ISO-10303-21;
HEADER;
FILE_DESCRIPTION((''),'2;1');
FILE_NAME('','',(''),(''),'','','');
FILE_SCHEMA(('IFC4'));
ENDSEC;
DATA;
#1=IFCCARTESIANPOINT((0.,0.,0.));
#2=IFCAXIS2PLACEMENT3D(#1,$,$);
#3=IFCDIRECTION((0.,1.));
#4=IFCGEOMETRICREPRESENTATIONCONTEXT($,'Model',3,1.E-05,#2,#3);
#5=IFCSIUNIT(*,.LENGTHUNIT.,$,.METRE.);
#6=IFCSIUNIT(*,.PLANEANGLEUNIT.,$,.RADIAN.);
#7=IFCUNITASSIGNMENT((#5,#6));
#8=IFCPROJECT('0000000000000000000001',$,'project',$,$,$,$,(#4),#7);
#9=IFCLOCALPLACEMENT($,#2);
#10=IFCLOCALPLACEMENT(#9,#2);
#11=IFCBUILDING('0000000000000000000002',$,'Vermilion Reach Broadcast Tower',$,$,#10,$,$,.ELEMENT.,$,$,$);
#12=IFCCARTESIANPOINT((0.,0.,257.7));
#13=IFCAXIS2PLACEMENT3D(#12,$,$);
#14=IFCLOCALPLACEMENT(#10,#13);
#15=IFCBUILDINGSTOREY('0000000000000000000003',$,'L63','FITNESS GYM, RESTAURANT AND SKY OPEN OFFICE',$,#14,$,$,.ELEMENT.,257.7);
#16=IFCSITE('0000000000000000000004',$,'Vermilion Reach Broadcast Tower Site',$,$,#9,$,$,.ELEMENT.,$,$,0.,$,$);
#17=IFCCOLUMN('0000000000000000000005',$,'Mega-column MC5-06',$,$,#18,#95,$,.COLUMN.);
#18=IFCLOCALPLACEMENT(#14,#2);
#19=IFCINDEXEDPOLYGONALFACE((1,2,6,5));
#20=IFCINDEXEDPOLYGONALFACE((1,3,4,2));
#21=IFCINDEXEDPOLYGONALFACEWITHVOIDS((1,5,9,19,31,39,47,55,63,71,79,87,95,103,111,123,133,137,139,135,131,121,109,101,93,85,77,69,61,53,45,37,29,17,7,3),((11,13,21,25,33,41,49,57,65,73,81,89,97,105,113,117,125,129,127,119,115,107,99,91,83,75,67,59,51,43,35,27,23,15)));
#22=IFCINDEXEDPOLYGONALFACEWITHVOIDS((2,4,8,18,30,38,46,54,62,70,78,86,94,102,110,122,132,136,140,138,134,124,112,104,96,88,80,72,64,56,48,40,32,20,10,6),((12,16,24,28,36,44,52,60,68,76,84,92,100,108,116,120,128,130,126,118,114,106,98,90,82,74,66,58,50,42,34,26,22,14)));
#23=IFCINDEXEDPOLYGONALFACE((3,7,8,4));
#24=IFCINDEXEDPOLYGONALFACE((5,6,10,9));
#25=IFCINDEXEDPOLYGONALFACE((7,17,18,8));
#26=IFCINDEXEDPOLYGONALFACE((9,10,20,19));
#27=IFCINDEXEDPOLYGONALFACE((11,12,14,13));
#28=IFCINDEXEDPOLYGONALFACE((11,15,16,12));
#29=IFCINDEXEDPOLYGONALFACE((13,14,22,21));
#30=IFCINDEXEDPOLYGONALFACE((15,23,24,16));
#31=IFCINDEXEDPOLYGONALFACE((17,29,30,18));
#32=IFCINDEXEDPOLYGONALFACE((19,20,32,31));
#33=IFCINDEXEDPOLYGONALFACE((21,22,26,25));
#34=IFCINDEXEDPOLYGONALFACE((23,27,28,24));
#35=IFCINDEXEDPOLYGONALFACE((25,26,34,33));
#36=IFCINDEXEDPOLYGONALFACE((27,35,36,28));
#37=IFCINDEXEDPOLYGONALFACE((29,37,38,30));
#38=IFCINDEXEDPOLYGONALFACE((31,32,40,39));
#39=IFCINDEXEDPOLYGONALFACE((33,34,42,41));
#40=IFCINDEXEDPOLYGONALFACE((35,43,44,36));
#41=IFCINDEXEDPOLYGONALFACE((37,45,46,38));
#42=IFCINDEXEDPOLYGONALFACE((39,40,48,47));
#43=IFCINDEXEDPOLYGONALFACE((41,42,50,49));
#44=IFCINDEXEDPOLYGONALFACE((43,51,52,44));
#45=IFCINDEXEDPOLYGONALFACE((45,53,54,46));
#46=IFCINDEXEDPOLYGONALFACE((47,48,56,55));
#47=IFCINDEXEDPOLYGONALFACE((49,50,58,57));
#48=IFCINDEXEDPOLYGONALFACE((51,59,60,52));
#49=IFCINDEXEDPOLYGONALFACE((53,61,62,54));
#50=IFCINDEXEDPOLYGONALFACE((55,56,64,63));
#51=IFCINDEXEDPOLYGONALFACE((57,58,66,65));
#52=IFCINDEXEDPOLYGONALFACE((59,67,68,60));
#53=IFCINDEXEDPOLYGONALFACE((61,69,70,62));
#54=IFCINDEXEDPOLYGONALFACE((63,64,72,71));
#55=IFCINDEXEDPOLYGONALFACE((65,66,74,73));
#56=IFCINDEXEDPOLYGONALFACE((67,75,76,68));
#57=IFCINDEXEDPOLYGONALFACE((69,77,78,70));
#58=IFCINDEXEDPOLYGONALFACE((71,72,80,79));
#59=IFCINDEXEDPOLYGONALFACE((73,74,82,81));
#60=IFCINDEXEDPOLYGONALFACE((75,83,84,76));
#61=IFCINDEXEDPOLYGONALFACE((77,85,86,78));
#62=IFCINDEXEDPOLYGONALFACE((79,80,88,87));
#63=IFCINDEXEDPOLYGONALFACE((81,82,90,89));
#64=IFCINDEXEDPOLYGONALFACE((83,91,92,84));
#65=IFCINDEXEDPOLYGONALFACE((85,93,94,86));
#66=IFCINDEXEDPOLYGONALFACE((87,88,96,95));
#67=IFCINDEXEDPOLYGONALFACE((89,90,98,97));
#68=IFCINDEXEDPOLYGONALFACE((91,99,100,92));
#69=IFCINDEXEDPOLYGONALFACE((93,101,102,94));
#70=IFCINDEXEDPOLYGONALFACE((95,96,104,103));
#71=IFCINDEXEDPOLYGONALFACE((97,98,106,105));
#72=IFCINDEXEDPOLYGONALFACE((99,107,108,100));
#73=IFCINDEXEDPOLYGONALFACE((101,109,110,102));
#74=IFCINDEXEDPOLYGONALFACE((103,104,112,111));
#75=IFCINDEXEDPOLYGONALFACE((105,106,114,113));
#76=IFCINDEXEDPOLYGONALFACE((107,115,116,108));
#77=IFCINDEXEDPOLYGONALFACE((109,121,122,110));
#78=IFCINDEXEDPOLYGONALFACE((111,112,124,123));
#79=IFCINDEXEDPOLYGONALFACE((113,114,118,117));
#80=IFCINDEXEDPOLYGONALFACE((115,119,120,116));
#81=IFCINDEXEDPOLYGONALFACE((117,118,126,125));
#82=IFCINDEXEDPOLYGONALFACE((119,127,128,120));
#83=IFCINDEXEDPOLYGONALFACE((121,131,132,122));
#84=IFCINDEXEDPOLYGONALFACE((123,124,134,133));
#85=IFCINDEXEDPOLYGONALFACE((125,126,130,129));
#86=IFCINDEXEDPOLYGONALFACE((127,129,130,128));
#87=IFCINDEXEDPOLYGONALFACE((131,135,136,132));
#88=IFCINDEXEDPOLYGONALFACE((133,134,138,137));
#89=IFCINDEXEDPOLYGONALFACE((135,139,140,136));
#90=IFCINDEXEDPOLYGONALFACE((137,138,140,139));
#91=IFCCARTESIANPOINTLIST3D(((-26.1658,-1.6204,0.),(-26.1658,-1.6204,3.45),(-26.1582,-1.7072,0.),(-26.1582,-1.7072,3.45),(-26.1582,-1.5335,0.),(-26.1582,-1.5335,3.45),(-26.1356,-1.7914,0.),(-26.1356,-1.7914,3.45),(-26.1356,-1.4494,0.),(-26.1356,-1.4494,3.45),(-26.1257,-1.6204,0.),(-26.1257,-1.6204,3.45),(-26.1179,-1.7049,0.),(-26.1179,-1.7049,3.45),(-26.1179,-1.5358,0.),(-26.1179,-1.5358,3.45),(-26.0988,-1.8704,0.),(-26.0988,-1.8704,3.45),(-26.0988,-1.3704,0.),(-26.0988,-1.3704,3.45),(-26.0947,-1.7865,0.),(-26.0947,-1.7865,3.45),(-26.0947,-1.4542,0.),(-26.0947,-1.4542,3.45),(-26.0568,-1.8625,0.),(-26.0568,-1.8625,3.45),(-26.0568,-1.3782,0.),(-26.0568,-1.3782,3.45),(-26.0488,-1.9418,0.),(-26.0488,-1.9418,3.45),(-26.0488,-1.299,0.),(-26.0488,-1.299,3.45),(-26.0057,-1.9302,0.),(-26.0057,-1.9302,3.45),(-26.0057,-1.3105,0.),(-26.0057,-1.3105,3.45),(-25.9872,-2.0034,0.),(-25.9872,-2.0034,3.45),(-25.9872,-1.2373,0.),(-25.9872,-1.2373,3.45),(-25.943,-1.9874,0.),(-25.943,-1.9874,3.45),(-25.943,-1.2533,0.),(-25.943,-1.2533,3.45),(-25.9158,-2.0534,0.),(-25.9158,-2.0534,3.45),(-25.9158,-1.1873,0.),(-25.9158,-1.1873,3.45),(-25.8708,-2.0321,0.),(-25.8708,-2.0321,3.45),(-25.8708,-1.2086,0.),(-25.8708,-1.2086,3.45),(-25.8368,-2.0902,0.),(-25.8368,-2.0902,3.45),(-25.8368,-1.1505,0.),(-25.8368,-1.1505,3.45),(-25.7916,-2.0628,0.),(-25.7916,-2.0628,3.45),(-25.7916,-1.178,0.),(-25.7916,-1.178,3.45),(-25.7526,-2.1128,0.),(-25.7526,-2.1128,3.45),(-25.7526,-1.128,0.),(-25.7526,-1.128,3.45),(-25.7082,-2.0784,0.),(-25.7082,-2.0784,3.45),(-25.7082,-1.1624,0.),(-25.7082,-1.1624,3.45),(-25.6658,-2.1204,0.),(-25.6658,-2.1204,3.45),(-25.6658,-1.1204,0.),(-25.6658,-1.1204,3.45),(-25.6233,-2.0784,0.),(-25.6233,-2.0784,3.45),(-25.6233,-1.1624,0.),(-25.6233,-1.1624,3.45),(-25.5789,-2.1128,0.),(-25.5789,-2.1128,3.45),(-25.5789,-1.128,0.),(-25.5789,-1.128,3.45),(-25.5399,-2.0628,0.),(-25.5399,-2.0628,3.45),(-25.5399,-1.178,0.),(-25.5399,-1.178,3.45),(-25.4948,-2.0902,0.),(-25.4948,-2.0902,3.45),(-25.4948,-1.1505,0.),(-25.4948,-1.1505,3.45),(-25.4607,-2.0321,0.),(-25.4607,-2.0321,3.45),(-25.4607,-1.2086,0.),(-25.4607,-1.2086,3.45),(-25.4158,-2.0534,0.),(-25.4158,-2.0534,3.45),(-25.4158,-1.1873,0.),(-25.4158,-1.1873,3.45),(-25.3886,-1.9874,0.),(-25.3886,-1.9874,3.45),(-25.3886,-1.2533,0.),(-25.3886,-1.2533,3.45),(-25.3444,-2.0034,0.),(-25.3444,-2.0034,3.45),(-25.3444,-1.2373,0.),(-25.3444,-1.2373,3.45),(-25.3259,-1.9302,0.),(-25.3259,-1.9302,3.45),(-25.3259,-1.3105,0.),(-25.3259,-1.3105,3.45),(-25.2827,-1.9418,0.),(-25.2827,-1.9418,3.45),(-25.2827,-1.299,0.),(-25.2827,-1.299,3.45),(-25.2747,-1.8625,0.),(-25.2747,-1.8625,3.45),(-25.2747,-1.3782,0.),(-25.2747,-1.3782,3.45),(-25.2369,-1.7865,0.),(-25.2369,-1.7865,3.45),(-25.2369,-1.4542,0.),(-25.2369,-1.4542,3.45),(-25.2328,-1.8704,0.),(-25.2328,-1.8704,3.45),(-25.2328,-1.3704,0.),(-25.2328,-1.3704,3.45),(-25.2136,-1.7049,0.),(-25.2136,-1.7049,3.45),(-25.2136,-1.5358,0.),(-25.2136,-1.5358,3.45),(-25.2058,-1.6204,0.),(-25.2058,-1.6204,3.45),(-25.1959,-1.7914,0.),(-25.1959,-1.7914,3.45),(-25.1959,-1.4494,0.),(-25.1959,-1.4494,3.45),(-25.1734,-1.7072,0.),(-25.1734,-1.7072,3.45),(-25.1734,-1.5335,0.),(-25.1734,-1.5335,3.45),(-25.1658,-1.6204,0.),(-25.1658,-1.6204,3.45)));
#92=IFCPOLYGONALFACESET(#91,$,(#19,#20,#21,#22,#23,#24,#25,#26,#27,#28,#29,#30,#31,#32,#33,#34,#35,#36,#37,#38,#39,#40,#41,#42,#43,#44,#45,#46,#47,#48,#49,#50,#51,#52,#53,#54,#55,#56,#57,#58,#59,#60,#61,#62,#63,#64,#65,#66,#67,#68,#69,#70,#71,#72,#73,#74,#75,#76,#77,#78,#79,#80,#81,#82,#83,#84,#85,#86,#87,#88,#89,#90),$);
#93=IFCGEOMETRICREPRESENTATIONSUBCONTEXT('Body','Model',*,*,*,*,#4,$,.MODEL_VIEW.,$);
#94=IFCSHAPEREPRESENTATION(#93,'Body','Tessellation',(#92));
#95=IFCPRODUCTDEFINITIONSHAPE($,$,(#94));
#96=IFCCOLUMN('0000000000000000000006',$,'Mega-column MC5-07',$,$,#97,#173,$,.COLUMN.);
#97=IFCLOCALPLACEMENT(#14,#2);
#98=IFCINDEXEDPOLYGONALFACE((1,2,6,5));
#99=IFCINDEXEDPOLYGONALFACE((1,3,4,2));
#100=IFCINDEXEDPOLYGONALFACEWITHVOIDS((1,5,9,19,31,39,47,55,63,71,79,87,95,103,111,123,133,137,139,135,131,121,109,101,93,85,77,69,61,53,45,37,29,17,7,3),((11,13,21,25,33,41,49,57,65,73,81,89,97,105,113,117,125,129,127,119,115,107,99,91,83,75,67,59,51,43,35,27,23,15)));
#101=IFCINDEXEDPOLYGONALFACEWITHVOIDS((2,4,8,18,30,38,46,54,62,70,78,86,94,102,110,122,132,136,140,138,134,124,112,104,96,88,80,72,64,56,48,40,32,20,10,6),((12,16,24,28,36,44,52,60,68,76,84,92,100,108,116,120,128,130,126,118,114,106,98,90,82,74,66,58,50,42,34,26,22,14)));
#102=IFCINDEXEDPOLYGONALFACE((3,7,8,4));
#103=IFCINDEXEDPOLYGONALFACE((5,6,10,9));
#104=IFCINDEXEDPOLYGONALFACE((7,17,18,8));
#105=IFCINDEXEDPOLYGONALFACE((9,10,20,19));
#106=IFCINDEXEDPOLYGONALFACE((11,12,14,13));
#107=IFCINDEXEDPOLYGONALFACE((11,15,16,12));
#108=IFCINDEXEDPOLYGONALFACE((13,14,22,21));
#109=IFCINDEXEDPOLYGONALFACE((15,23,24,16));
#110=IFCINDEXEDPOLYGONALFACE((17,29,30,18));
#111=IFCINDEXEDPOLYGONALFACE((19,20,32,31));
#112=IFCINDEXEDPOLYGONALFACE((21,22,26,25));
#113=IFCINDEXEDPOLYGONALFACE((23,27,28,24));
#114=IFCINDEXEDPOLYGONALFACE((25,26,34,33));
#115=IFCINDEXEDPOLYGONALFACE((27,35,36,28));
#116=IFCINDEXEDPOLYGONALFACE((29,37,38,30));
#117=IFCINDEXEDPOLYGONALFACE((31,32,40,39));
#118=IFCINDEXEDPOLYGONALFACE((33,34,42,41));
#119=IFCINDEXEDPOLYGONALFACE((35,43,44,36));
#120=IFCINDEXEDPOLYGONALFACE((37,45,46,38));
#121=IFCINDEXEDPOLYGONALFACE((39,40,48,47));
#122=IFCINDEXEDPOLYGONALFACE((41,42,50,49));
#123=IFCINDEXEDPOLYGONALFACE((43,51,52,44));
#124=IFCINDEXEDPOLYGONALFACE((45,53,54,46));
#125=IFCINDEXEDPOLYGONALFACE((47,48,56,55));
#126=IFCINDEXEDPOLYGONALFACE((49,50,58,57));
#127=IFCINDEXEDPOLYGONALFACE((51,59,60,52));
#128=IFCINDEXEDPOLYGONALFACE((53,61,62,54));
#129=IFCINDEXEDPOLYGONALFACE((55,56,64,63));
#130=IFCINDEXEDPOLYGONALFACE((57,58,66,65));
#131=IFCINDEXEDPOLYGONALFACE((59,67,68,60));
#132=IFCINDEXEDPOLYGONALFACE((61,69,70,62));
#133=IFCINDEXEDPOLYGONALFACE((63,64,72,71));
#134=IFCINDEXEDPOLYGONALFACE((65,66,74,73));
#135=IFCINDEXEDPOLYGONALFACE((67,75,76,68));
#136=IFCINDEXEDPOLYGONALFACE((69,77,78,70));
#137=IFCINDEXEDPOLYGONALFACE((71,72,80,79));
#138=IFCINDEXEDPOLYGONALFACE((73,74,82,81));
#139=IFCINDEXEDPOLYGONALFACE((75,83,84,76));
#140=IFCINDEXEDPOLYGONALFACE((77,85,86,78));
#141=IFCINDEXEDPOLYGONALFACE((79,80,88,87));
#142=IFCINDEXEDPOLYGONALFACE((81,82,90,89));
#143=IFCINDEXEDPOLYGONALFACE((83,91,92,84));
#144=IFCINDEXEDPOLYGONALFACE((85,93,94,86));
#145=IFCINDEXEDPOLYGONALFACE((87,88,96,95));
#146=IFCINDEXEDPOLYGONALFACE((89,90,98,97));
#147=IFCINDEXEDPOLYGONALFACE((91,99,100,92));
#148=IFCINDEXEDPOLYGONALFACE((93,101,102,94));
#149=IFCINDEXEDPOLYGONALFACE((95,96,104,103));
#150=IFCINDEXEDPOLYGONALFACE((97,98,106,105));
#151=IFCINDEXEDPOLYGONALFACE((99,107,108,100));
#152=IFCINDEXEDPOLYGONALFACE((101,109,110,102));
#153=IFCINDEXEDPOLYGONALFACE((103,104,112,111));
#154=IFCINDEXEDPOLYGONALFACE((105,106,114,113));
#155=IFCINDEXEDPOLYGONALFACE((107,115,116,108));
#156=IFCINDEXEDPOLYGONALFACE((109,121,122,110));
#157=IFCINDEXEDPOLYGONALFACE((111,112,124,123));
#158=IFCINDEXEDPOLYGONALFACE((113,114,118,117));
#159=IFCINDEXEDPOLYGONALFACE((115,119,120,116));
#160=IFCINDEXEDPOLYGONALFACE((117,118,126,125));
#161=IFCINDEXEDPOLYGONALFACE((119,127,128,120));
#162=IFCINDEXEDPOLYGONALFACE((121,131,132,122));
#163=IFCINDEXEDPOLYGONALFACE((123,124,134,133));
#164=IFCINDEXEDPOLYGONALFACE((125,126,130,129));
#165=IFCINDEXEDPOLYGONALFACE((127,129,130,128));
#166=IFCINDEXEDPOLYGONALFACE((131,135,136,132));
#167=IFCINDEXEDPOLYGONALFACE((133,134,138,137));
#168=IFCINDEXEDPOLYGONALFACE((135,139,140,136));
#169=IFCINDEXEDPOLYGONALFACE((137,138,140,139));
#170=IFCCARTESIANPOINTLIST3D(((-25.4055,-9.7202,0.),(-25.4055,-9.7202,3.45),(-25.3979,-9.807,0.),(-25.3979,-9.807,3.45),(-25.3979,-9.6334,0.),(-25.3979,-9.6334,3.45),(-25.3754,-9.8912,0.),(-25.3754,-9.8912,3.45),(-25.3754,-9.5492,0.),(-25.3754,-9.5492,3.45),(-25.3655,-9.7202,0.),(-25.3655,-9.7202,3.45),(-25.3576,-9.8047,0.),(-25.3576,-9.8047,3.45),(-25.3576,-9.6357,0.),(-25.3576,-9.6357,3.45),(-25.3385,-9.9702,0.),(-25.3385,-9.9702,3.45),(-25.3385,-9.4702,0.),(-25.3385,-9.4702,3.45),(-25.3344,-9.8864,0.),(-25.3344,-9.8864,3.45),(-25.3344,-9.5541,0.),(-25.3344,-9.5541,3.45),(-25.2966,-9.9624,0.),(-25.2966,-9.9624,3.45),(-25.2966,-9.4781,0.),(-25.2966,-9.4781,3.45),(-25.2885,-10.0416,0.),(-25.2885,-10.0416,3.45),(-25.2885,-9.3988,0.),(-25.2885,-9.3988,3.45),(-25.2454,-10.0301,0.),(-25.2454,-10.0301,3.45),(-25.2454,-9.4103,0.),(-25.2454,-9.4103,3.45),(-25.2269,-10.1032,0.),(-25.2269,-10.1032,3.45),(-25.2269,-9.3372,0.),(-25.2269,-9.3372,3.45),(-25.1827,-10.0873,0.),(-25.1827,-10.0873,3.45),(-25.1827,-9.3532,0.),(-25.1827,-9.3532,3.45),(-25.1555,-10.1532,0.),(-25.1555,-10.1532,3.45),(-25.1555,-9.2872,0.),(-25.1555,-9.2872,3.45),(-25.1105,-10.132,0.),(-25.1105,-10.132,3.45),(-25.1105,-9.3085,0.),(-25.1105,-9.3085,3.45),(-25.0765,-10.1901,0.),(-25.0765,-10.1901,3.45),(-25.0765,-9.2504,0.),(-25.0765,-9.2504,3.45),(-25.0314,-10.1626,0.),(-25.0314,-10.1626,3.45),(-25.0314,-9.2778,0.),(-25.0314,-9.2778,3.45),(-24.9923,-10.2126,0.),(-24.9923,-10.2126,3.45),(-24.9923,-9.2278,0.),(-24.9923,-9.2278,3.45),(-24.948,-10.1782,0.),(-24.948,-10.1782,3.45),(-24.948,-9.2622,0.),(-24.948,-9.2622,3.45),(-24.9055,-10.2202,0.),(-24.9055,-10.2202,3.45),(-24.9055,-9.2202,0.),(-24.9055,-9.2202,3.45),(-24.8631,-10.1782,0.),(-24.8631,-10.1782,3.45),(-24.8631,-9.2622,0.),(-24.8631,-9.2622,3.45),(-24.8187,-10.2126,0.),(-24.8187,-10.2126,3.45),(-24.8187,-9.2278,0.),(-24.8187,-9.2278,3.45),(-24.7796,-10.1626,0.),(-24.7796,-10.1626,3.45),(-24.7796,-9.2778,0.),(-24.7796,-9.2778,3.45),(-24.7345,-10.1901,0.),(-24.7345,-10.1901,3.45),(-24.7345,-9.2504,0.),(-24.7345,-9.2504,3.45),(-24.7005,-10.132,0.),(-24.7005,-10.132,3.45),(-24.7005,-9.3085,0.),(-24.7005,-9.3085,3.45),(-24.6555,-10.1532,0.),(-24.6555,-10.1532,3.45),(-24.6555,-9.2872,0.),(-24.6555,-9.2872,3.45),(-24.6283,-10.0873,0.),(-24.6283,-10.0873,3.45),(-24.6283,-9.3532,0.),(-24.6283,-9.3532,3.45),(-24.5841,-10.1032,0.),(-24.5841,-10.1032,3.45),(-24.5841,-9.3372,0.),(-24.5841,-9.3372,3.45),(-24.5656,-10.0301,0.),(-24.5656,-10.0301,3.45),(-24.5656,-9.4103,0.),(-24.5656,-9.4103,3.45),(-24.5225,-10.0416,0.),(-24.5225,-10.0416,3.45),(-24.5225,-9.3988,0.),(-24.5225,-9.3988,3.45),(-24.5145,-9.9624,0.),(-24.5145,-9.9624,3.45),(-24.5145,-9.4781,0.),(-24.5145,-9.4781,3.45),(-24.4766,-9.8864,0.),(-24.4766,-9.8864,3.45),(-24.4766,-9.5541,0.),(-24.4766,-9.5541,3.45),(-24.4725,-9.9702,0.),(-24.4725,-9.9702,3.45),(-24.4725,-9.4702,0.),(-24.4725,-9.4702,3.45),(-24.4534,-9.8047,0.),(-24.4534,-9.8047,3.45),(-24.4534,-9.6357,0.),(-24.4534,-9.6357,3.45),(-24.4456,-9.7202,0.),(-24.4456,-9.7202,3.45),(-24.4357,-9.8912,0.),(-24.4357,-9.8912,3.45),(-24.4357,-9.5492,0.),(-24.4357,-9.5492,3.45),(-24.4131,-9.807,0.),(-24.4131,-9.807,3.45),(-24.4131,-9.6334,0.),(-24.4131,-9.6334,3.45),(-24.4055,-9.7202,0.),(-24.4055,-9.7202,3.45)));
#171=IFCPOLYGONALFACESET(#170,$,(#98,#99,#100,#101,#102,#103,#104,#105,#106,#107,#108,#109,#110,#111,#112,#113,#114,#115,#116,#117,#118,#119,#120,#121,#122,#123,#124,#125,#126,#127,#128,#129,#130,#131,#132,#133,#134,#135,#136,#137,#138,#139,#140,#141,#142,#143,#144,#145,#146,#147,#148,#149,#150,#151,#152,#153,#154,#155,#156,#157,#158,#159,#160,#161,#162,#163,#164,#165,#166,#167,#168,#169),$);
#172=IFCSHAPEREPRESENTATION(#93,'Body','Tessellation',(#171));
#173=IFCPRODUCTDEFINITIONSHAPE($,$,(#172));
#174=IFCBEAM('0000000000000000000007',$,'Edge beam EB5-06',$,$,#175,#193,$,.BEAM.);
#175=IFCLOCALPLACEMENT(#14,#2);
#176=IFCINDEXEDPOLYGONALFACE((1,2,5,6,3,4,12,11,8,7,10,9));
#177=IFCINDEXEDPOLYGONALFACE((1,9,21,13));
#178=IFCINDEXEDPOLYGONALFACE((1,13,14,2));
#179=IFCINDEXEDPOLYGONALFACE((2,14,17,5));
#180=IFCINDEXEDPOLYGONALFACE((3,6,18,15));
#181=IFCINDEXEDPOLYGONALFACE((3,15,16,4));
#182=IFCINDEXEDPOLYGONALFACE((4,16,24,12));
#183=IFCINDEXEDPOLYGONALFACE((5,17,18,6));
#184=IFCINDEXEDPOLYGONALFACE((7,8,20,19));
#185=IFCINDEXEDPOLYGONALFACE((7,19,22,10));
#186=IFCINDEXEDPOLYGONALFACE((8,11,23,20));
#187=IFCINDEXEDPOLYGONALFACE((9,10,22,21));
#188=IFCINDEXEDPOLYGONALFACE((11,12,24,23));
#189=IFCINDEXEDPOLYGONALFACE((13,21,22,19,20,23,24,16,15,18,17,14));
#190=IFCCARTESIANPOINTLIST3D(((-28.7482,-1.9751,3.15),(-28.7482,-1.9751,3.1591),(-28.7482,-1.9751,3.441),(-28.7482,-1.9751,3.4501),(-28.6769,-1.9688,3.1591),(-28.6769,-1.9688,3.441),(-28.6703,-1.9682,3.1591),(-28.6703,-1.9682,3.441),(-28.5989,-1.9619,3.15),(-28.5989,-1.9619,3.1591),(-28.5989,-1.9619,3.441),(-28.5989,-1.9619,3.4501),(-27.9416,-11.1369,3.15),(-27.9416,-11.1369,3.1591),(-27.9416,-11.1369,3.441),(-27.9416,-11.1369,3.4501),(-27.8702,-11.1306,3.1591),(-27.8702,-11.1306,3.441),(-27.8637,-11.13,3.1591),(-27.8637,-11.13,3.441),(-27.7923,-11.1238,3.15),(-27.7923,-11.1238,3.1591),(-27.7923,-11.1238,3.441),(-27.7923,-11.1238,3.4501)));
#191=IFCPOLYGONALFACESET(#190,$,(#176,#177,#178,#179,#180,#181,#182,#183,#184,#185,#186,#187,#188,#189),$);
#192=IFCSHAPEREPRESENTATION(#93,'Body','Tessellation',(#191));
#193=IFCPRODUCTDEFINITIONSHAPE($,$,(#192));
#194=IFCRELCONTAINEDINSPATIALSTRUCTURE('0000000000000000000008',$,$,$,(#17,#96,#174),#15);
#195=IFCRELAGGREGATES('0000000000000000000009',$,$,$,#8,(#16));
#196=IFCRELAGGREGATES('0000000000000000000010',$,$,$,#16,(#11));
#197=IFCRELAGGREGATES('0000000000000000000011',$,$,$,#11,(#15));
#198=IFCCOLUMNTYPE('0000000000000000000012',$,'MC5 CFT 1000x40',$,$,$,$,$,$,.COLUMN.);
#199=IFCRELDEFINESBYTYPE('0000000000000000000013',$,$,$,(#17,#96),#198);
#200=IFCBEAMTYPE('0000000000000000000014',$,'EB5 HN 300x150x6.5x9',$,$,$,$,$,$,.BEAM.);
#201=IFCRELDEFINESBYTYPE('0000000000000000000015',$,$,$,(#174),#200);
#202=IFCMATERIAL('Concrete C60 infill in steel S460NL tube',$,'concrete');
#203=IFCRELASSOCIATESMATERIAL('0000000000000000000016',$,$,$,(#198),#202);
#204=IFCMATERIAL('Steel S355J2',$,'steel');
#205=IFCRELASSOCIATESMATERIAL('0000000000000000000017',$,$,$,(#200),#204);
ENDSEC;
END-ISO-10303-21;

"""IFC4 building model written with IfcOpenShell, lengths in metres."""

from ifc_helpers import new_model, si_unit, direction, frame, origin, origin_2d, place, context, subcontext, project, spatial, hollow_circle, i_section, extrude, material, material_profile, profile_set, type_object, element, save


model = new_model("IFC4")

# Units and contexts
model_context = context("Model", 3, precision=1e-05, world=origin(), true_north=direction((0.0, 1.0)))
body_context = subcontext(model_context, "Body", "Model", "MODEL_VIEW")
ifc_project = project(units=[si_unit("LENGTHUNIT", "METRE"), si_unit("PLANEANGLEUNIT", "RADIAN")], contexts=[model_context])

# Site, building, storey
site_placement = place(None, origin())
site = spatial("IfcSite", under=ifc_project, at=site_placement, Name="Vermilion Reach Broadcast Tower Site", CompositionType="ELEMENT", RefElevation=0.0)
building_placement = place(site_placement, origin())
building = spatial("IfcBuilding", under=site, at=building_placement, Name="Vermilion Reach Broadcast Tower", CompositionType="ELEMENT")
storey_placement = place(building_placement, frame((0.0, 0.0, 257.7)))
storey = spatial("IfcBuildingStorey", under=building, at=storey_placement, Name="L63", Description="FITNESS GYM, RESTAURANT AND SKY OPEN OFFICE", CompositionType="ELEMENT", Elevation=257.7)

# Columns
ifc_material_1 = material(Name="Concrete C60 infill in steel S460NL tube", Category="concrete")
ifc_material_profile_1 = material_profile(ifc_material_1, hollow_circle(Radius=0.5, WallThickness=0.04, at=origin_2d()), Name="Concrete C60 infill in steel S460NL tube CFT 1000x40")
ifc_profile_set_1 = profile_set([ifc_material_profile_1], Name="Concrete C60 infill in steel S460NL tube")
column_type = type_object("IfcColumnType", Name="MC5 CFT 1000x40", PredefinedType="COLUMN", material=ifc_profile_set_1)
for number, where, z_axis, x_axis, name in (
    (1, (-25.6658, -1.6204, 0.0), (0.0, 0.0, 1.0), (1.0, 0.0, 0.0), "Mega-column MC5-06"),
    (2, (-24.9055, -9.7202, 0.0), (0.0, 0.0, 1.0), (1.0, 0.0, 0.0), "Mega-column MC5-07"),
):
    element("IfcColumn", number, at=place(storey_placement, frame(where, z_axis=z_axis, x_axis=x_axis)), inside=storey, type_object=column_type, Name=name, PredefinedType="COLUMN", context=body_context, shape_type="SweptSolid", body=[
        extrude(hollow_circle(Radius=0.5, WallThickness=0.04, at=origin_2d()), origin(), (0.0, 0.0, 1.0), 3.45),
    ])

# Beam
ifc_material_2 = material(Name="Steel S355J2", Category="steel")
ifc_material_profile_2 = material_profile(ifc_material_2, i_section(OverallWidth=0.1499, OverallDepth=0.3, WebThickness=0.0066, FlangeThickness=0.009, at=origin_2d()), Name="S355J2 HN 300x150x6.5x9")
ifc_profile_set_2 = profile_set([ifc_material_profile_2], Name="Steel S355J2")
beam_type_1 = type_object("IfcBeamType", Name="EB5 HN 300x150x6.5x9", PredefinedType="BEAM", material=ifc_profile_set_2)
beam_1_placement = place(storey_placement, frame((-28.6736, -1.9685, 3.3), z_axis=(0.087704, -0.996147, 0.0), x_axis=(0.996147, 0.087704, 0.0)))
element("IfcBeam", 3, at=beam_1_placement, inside=storey, type_object=beam_type_1, Name="Edge beam EB5-06", PredefinedType="BEAM", context=body_context, shape_type="SweptSolid", body=[
    extrude(i_section(OverallWidth=0.1499, OverallDepth=0.3, WebThickness=0.0066, FlangeThickness=0.009, at=origin_2d()), origin(), (0.0, 0.0, 1.0), 9.1973),
])

save(model, "model.ifc")
